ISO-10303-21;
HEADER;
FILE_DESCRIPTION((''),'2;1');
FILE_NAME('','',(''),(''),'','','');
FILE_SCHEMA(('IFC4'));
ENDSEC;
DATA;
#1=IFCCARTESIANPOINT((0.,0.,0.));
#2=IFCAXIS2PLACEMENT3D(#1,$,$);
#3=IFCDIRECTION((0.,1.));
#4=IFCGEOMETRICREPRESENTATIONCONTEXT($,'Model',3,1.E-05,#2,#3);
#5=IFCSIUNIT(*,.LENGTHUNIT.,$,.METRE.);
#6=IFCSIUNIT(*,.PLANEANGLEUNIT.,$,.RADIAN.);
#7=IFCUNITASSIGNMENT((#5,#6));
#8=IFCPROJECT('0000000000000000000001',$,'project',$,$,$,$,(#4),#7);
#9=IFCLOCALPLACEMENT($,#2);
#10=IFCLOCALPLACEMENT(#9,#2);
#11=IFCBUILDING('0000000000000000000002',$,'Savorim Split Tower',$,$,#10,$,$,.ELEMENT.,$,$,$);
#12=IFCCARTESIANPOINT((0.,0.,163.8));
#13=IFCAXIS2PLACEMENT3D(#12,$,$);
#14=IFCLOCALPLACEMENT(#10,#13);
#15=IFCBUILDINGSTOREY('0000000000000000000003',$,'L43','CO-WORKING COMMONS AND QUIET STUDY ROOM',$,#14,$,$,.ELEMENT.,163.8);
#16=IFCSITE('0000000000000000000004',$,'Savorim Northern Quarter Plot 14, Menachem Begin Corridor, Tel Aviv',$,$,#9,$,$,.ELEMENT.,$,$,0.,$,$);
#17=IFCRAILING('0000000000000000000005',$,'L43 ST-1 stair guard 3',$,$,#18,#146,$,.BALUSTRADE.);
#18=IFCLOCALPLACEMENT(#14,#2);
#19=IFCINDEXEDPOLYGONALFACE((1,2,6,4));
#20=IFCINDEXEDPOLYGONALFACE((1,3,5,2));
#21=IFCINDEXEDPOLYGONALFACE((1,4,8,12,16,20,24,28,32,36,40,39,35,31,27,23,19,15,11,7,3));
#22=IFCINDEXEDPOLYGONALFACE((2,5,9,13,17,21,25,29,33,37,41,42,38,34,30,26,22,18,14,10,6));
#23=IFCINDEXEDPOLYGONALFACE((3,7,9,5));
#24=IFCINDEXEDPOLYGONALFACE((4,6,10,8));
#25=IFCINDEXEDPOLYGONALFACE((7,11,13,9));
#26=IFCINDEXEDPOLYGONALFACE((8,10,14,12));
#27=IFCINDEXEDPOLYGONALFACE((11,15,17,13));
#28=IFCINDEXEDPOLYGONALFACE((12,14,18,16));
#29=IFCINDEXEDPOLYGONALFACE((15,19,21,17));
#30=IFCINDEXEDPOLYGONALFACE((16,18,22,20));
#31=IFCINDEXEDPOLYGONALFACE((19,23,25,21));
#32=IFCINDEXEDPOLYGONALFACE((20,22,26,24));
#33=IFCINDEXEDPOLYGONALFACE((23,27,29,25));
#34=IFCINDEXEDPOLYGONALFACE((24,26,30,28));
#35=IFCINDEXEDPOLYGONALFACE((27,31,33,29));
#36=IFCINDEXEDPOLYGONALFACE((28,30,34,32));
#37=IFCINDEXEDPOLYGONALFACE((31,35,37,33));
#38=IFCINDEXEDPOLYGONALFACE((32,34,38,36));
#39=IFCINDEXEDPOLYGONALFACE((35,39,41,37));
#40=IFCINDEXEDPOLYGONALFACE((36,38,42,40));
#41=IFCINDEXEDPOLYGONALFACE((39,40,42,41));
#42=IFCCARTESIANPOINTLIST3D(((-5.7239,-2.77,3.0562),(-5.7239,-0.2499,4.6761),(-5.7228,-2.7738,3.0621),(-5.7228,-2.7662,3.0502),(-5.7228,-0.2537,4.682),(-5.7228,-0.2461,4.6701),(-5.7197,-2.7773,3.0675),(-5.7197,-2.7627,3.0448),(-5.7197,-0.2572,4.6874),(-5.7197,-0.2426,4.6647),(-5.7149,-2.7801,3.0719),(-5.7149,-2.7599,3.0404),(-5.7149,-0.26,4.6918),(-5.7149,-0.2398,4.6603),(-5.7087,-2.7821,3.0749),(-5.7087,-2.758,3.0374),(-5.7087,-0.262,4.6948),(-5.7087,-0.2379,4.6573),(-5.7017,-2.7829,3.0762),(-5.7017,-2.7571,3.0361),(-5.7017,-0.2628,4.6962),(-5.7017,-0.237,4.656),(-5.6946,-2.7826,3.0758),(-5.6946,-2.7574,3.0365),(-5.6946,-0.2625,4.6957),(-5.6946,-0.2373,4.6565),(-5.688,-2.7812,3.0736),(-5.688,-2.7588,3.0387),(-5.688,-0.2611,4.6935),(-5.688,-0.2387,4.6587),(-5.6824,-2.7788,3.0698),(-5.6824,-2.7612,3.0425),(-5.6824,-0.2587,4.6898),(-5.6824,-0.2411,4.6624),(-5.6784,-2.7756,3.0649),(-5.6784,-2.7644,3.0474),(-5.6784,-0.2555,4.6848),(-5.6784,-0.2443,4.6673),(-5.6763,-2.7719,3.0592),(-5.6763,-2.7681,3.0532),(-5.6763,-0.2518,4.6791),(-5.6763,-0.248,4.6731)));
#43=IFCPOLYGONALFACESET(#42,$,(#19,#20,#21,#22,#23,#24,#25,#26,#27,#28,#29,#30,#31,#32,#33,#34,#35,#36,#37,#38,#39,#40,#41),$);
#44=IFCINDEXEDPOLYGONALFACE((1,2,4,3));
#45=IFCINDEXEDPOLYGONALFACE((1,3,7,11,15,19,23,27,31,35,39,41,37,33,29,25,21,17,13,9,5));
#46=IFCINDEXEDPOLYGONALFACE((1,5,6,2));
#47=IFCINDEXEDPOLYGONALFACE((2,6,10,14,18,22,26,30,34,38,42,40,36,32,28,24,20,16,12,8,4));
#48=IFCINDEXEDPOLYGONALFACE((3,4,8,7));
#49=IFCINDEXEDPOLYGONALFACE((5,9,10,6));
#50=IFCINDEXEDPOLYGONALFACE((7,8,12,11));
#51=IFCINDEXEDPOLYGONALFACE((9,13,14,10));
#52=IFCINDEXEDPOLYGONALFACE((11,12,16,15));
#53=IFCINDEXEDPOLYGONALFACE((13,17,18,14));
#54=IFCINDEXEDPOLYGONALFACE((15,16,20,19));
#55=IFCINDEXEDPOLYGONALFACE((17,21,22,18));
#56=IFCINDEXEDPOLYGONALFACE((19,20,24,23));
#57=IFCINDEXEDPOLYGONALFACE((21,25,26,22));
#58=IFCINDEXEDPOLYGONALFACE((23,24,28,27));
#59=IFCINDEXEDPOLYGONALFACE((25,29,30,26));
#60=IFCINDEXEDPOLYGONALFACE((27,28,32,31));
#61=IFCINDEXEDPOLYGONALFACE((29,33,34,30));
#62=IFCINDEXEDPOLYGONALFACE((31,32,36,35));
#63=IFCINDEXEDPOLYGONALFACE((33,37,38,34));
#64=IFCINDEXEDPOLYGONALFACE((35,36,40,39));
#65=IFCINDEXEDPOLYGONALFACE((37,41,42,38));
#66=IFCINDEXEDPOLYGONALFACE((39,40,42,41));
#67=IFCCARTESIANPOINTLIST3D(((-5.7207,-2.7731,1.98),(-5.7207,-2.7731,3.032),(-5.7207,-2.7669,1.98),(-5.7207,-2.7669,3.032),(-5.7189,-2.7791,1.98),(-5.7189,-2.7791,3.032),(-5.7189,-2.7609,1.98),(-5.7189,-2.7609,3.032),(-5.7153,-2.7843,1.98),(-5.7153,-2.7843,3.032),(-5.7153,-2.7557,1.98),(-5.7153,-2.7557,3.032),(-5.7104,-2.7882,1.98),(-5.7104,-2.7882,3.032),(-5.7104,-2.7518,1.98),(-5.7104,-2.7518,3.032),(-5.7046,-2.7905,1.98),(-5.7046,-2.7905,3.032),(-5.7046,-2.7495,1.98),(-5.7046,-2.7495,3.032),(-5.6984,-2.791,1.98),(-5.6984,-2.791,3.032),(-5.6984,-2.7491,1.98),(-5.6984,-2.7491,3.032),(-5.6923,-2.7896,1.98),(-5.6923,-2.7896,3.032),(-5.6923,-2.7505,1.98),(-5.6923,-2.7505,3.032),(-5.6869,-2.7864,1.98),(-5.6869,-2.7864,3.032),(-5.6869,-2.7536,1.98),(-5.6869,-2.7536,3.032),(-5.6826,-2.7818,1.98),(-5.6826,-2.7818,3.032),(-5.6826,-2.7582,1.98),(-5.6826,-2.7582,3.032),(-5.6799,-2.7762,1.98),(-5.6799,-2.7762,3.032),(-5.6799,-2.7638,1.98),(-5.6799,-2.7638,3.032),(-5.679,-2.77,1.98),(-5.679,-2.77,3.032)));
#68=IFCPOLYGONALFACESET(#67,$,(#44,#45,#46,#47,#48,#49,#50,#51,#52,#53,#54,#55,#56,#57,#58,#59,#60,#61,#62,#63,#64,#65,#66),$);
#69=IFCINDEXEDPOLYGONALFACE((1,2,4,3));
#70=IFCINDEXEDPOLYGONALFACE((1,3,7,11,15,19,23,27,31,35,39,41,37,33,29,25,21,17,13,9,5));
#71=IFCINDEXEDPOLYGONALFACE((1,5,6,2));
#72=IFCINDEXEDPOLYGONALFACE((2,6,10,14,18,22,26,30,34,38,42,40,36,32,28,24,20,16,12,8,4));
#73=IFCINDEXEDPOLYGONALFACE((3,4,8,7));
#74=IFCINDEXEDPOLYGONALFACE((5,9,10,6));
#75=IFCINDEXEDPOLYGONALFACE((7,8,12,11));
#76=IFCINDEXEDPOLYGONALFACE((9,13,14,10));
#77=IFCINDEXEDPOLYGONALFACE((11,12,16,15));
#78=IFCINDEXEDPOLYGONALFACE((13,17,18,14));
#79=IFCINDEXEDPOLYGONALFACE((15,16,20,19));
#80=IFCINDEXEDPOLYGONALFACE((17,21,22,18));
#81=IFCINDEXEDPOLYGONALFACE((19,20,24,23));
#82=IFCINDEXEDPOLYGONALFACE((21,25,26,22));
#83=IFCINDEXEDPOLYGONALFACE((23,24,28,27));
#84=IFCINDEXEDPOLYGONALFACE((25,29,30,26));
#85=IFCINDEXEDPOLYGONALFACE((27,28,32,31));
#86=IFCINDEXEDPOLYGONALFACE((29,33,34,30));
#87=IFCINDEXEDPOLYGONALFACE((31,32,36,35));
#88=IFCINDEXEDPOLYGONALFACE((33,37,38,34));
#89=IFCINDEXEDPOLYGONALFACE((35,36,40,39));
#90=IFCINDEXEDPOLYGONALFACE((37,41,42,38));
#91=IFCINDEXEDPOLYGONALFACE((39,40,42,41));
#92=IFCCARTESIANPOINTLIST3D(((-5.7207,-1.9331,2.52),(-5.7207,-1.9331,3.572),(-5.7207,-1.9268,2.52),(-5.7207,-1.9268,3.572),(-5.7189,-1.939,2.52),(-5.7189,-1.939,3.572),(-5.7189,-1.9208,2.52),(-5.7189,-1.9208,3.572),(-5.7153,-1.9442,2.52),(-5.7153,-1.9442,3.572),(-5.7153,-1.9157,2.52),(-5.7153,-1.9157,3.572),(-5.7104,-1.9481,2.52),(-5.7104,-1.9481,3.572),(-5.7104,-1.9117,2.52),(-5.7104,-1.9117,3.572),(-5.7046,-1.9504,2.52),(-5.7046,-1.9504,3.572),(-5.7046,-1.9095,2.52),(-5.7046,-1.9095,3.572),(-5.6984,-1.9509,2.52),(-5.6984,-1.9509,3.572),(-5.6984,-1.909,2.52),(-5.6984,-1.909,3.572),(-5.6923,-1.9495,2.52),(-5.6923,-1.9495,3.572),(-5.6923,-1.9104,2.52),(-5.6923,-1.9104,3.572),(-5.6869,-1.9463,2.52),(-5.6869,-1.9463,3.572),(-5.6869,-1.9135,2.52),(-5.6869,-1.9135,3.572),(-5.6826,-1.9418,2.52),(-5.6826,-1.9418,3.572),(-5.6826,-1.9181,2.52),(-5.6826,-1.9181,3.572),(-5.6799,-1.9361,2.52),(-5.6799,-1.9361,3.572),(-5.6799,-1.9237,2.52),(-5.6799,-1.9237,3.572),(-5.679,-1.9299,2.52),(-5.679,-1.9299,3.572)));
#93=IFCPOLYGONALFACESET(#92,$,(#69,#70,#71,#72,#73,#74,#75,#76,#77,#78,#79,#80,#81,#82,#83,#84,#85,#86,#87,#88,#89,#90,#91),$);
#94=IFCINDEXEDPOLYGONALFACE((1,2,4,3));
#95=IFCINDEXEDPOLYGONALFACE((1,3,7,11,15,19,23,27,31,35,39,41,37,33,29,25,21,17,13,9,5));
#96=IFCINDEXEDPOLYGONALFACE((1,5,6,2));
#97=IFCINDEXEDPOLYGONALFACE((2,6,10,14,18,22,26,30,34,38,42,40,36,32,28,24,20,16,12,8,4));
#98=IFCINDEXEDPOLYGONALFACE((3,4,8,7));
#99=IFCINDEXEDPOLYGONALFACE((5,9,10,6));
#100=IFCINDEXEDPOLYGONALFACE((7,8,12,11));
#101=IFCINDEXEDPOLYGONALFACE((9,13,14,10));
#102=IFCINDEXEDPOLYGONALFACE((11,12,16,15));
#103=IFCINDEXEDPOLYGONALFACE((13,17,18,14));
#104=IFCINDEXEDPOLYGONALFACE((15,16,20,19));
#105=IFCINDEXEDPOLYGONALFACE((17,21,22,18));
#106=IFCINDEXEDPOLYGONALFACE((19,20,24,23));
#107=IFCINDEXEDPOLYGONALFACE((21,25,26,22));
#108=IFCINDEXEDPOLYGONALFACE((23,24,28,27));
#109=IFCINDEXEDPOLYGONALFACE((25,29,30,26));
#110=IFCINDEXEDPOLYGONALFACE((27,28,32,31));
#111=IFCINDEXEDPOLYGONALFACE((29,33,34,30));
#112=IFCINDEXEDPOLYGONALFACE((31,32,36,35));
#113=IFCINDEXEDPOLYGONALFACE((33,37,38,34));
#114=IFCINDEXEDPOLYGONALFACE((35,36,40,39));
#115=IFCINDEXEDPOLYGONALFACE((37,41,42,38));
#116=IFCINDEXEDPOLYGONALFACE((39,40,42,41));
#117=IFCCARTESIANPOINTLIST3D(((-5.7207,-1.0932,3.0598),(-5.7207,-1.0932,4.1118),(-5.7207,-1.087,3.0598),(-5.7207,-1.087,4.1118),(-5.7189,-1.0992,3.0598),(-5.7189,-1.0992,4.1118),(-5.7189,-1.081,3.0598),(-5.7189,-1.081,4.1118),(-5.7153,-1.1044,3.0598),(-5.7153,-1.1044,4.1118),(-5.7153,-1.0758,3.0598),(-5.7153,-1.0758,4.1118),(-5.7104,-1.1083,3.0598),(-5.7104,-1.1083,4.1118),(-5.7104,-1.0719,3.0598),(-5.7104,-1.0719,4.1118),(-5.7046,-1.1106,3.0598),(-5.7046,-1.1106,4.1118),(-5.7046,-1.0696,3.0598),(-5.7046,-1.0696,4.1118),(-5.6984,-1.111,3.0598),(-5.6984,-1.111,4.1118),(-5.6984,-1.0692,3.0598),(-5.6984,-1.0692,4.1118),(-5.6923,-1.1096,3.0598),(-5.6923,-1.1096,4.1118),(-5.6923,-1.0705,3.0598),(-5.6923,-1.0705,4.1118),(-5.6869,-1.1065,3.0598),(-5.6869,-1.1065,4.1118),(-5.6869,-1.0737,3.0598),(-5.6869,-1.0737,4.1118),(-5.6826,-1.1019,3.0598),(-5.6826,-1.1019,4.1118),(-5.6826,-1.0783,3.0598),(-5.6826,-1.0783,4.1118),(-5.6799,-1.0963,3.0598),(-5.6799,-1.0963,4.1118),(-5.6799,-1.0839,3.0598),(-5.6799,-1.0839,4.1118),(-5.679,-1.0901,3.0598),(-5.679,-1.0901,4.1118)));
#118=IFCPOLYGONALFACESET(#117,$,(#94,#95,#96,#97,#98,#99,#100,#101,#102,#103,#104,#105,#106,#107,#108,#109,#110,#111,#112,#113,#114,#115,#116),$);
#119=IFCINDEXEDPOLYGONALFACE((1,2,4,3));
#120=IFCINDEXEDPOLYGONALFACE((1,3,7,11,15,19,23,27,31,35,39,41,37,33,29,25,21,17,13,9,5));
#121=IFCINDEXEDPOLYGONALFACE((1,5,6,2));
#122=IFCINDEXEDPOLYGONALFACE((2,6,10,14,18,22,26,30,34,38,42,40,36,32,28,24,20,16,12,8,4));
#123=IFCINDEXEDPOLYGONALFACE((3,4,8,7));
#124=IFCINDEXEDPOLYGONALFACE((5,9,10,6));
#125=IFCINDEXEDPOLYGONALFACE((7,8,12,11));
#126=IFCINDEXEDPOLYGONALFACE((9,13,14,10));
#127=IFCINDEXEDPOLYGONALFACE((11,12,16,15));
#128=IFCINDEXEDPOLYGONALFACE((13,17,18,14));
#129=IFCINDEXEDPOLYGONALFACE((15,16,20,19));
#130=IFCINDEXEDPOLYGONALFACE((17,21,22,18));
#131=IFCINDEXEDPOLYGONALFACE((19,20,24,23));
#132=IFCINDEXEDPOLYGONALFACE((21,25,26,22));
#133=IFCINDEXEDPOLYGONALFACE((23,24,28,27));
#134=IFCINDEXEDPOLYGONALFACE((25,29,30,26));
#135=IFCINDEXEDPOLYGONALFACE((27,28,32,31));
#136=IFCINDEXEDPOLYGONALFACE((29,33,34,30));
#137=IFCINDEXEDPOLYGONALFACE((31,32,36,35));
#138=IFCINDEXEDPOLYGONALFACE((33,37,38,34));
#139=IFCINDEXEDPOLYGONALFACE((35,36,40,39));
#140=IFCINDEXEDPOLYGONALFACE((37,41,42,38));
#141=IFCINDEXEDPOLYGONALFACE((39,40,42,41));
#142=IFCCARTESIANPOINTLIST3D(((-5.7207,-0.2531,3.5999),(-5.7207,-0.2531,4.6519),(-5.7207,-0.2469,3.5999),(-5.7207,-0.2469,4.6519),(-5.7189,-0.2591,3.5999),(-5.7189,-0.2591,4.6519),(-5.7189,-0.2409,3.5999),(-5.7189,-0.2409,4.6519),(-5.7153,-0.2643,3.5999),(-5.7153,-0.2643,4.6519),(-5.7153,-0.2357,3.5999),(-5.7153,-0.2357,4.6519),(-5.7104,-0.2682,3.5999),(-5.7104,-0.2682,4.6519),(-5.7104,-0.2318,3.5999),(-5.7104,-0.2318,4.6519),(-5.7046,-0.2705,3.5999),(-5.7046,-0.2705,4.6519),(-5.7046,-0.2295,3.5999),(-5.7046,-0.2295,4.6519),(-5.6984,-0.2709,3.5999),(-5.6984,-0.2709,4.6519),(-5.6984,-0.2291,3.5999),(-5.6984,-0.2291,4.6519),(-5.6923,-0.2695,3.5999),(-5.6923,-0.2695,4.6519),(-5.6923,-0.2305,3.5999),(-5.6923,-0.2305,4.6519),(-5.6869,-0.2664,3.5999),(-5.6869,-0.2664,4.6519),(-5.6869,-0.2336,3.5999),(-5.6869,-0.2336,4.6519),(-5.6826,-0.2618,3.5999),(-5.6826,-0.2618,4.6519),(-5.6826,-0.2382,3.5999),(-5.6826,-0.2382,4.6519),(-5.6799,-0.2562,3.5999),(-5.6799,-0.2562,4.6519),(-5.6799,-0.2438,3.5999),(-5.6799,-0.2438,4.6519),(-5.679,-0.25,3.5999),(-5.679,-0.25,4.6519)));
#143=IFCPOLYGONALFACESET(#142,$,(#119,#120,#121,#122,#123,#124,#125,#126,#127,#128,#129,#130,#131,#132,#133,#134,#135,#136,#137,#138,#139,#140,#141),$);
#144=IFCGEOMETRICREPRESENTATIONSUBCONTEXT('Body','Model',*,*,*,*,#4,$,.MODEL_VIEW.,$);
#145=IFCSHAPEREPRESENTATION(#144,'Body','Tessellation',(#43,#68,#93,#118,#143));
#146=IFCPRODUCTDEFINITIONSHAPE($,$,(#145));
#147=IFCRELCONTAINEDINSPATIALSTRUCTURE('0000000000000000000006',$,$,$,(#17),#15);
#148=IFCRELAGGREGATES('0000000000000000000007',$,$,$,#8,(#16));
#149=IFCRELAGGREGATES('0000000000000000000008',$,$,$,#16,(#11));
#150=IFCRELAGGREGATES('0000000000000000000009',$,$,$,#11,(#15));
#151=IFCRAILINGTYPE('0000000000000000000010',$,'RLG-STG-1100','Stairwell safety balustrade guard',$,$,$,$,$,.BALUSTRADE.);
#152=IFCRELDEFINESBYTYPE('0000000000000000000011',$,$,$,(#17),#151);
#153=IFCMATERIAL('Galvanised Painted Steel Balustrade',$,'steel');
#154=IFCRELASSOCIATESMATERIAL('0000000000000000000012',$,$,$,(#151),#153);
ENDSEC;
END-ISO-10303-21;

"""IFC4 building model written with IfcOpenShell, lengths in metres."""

from ifc_helpers import new_model, si_unit, direction, frame, origin, origin_2d, place, context, subcontext, project, spatial, circle, extrude, material, type_object, element, save


model = new_model("IFC4")

# Units and contexts
model_context = context("Model", 3, precision=1e-05, world=origin(), true_north=direction((0.0, 1.0)))
body_context = subcontext(model_context, "Body", "Model", "MODEL_VIEW")
ifc_project = project(units=[si_unit("LENGTHUNIT", "METRE"), si_unit("PLANEANGLEUNIT", "RADIAN")], contexts=[model_context])

# Site, building, storey
site_placement = place(None, origin())
site = spatial("IfcSite", under=ifc_project, at=site_placement, Name="Savorim Northern Quarter Plot 14, Menachem Begin Corridor, Tel Aviv", CompositionType="ELEMENT", RefElevation=0.0)
building_placement = place(site_placement, origin())
building = spatial("IfcBuilding", under=site, at=building_placement, Name="Savorim Split Tower", CompositionType="ELEMENT")
storey_placement = place(building_placement, frame((0.0, 0.0, 163.8)))
storey = spatial("IfcBuildingStorey", under=building, at=storey_placement, Name="L43", Description="CO-WORKING COMMONS AND QUIET STUDY ROOM", CompositionType="ELEMENT", Elevation=163.8)

# Railing
ifc_material_1 = material(Name="Galvanised Painted Steel Balustrade", Category="steel")
railing_type_1 = type_object("IfcRailingType", Name="RLG-STG-1100", Description="Stairwell safety balustrade guard", PredefinedType="BALUSTRADE", material=ifc_material_1)
railing_1_placement = place(storey_placement, frame((-5.7, -2.77, 1.98)))
element("IfcRailing", 1, at=railing_1_placement, inside=storey, type_object=railing_type_1, Name="L43 ST-1 stair guard 3", PredefinedType="BALUSTRADE", context=body_context, shape_type="SweptSolid", body=[
    extrude(circle(Radius=0.0239, at=origin_2d()), frame((0.0, 0.0, 1.0762), z_axis=(0.0, 0.8412, 0.540725), x_axis=(-1.0, 0.0, 0.0)), (0.0, 0.0, 1.0), 2.9958),
    extrude(circle(Radius=0.021, at=origin_2d()), origin(), (0.0, 0.0, 1.0), 1.052),
    extrude(circle(Radius=0.021, at=origin_2d()), frame((0.0, 0.8401, 0.54)), (0.0, 0.0, 1.0), 1.052),
    extrude(circle(Radius=0.021, at=origin_2d()), frame((0.0, 1.6799, 1.0798)), (0.0, 0.0, 1.0), 1.052),
    extrude(circle(Radius=0.021, at=origin_2d()), frame((0.0, 2.52, 1.6199)), (0.0, 0.0, 1.0), 1.052),
])

save(model, "model.ifc")
